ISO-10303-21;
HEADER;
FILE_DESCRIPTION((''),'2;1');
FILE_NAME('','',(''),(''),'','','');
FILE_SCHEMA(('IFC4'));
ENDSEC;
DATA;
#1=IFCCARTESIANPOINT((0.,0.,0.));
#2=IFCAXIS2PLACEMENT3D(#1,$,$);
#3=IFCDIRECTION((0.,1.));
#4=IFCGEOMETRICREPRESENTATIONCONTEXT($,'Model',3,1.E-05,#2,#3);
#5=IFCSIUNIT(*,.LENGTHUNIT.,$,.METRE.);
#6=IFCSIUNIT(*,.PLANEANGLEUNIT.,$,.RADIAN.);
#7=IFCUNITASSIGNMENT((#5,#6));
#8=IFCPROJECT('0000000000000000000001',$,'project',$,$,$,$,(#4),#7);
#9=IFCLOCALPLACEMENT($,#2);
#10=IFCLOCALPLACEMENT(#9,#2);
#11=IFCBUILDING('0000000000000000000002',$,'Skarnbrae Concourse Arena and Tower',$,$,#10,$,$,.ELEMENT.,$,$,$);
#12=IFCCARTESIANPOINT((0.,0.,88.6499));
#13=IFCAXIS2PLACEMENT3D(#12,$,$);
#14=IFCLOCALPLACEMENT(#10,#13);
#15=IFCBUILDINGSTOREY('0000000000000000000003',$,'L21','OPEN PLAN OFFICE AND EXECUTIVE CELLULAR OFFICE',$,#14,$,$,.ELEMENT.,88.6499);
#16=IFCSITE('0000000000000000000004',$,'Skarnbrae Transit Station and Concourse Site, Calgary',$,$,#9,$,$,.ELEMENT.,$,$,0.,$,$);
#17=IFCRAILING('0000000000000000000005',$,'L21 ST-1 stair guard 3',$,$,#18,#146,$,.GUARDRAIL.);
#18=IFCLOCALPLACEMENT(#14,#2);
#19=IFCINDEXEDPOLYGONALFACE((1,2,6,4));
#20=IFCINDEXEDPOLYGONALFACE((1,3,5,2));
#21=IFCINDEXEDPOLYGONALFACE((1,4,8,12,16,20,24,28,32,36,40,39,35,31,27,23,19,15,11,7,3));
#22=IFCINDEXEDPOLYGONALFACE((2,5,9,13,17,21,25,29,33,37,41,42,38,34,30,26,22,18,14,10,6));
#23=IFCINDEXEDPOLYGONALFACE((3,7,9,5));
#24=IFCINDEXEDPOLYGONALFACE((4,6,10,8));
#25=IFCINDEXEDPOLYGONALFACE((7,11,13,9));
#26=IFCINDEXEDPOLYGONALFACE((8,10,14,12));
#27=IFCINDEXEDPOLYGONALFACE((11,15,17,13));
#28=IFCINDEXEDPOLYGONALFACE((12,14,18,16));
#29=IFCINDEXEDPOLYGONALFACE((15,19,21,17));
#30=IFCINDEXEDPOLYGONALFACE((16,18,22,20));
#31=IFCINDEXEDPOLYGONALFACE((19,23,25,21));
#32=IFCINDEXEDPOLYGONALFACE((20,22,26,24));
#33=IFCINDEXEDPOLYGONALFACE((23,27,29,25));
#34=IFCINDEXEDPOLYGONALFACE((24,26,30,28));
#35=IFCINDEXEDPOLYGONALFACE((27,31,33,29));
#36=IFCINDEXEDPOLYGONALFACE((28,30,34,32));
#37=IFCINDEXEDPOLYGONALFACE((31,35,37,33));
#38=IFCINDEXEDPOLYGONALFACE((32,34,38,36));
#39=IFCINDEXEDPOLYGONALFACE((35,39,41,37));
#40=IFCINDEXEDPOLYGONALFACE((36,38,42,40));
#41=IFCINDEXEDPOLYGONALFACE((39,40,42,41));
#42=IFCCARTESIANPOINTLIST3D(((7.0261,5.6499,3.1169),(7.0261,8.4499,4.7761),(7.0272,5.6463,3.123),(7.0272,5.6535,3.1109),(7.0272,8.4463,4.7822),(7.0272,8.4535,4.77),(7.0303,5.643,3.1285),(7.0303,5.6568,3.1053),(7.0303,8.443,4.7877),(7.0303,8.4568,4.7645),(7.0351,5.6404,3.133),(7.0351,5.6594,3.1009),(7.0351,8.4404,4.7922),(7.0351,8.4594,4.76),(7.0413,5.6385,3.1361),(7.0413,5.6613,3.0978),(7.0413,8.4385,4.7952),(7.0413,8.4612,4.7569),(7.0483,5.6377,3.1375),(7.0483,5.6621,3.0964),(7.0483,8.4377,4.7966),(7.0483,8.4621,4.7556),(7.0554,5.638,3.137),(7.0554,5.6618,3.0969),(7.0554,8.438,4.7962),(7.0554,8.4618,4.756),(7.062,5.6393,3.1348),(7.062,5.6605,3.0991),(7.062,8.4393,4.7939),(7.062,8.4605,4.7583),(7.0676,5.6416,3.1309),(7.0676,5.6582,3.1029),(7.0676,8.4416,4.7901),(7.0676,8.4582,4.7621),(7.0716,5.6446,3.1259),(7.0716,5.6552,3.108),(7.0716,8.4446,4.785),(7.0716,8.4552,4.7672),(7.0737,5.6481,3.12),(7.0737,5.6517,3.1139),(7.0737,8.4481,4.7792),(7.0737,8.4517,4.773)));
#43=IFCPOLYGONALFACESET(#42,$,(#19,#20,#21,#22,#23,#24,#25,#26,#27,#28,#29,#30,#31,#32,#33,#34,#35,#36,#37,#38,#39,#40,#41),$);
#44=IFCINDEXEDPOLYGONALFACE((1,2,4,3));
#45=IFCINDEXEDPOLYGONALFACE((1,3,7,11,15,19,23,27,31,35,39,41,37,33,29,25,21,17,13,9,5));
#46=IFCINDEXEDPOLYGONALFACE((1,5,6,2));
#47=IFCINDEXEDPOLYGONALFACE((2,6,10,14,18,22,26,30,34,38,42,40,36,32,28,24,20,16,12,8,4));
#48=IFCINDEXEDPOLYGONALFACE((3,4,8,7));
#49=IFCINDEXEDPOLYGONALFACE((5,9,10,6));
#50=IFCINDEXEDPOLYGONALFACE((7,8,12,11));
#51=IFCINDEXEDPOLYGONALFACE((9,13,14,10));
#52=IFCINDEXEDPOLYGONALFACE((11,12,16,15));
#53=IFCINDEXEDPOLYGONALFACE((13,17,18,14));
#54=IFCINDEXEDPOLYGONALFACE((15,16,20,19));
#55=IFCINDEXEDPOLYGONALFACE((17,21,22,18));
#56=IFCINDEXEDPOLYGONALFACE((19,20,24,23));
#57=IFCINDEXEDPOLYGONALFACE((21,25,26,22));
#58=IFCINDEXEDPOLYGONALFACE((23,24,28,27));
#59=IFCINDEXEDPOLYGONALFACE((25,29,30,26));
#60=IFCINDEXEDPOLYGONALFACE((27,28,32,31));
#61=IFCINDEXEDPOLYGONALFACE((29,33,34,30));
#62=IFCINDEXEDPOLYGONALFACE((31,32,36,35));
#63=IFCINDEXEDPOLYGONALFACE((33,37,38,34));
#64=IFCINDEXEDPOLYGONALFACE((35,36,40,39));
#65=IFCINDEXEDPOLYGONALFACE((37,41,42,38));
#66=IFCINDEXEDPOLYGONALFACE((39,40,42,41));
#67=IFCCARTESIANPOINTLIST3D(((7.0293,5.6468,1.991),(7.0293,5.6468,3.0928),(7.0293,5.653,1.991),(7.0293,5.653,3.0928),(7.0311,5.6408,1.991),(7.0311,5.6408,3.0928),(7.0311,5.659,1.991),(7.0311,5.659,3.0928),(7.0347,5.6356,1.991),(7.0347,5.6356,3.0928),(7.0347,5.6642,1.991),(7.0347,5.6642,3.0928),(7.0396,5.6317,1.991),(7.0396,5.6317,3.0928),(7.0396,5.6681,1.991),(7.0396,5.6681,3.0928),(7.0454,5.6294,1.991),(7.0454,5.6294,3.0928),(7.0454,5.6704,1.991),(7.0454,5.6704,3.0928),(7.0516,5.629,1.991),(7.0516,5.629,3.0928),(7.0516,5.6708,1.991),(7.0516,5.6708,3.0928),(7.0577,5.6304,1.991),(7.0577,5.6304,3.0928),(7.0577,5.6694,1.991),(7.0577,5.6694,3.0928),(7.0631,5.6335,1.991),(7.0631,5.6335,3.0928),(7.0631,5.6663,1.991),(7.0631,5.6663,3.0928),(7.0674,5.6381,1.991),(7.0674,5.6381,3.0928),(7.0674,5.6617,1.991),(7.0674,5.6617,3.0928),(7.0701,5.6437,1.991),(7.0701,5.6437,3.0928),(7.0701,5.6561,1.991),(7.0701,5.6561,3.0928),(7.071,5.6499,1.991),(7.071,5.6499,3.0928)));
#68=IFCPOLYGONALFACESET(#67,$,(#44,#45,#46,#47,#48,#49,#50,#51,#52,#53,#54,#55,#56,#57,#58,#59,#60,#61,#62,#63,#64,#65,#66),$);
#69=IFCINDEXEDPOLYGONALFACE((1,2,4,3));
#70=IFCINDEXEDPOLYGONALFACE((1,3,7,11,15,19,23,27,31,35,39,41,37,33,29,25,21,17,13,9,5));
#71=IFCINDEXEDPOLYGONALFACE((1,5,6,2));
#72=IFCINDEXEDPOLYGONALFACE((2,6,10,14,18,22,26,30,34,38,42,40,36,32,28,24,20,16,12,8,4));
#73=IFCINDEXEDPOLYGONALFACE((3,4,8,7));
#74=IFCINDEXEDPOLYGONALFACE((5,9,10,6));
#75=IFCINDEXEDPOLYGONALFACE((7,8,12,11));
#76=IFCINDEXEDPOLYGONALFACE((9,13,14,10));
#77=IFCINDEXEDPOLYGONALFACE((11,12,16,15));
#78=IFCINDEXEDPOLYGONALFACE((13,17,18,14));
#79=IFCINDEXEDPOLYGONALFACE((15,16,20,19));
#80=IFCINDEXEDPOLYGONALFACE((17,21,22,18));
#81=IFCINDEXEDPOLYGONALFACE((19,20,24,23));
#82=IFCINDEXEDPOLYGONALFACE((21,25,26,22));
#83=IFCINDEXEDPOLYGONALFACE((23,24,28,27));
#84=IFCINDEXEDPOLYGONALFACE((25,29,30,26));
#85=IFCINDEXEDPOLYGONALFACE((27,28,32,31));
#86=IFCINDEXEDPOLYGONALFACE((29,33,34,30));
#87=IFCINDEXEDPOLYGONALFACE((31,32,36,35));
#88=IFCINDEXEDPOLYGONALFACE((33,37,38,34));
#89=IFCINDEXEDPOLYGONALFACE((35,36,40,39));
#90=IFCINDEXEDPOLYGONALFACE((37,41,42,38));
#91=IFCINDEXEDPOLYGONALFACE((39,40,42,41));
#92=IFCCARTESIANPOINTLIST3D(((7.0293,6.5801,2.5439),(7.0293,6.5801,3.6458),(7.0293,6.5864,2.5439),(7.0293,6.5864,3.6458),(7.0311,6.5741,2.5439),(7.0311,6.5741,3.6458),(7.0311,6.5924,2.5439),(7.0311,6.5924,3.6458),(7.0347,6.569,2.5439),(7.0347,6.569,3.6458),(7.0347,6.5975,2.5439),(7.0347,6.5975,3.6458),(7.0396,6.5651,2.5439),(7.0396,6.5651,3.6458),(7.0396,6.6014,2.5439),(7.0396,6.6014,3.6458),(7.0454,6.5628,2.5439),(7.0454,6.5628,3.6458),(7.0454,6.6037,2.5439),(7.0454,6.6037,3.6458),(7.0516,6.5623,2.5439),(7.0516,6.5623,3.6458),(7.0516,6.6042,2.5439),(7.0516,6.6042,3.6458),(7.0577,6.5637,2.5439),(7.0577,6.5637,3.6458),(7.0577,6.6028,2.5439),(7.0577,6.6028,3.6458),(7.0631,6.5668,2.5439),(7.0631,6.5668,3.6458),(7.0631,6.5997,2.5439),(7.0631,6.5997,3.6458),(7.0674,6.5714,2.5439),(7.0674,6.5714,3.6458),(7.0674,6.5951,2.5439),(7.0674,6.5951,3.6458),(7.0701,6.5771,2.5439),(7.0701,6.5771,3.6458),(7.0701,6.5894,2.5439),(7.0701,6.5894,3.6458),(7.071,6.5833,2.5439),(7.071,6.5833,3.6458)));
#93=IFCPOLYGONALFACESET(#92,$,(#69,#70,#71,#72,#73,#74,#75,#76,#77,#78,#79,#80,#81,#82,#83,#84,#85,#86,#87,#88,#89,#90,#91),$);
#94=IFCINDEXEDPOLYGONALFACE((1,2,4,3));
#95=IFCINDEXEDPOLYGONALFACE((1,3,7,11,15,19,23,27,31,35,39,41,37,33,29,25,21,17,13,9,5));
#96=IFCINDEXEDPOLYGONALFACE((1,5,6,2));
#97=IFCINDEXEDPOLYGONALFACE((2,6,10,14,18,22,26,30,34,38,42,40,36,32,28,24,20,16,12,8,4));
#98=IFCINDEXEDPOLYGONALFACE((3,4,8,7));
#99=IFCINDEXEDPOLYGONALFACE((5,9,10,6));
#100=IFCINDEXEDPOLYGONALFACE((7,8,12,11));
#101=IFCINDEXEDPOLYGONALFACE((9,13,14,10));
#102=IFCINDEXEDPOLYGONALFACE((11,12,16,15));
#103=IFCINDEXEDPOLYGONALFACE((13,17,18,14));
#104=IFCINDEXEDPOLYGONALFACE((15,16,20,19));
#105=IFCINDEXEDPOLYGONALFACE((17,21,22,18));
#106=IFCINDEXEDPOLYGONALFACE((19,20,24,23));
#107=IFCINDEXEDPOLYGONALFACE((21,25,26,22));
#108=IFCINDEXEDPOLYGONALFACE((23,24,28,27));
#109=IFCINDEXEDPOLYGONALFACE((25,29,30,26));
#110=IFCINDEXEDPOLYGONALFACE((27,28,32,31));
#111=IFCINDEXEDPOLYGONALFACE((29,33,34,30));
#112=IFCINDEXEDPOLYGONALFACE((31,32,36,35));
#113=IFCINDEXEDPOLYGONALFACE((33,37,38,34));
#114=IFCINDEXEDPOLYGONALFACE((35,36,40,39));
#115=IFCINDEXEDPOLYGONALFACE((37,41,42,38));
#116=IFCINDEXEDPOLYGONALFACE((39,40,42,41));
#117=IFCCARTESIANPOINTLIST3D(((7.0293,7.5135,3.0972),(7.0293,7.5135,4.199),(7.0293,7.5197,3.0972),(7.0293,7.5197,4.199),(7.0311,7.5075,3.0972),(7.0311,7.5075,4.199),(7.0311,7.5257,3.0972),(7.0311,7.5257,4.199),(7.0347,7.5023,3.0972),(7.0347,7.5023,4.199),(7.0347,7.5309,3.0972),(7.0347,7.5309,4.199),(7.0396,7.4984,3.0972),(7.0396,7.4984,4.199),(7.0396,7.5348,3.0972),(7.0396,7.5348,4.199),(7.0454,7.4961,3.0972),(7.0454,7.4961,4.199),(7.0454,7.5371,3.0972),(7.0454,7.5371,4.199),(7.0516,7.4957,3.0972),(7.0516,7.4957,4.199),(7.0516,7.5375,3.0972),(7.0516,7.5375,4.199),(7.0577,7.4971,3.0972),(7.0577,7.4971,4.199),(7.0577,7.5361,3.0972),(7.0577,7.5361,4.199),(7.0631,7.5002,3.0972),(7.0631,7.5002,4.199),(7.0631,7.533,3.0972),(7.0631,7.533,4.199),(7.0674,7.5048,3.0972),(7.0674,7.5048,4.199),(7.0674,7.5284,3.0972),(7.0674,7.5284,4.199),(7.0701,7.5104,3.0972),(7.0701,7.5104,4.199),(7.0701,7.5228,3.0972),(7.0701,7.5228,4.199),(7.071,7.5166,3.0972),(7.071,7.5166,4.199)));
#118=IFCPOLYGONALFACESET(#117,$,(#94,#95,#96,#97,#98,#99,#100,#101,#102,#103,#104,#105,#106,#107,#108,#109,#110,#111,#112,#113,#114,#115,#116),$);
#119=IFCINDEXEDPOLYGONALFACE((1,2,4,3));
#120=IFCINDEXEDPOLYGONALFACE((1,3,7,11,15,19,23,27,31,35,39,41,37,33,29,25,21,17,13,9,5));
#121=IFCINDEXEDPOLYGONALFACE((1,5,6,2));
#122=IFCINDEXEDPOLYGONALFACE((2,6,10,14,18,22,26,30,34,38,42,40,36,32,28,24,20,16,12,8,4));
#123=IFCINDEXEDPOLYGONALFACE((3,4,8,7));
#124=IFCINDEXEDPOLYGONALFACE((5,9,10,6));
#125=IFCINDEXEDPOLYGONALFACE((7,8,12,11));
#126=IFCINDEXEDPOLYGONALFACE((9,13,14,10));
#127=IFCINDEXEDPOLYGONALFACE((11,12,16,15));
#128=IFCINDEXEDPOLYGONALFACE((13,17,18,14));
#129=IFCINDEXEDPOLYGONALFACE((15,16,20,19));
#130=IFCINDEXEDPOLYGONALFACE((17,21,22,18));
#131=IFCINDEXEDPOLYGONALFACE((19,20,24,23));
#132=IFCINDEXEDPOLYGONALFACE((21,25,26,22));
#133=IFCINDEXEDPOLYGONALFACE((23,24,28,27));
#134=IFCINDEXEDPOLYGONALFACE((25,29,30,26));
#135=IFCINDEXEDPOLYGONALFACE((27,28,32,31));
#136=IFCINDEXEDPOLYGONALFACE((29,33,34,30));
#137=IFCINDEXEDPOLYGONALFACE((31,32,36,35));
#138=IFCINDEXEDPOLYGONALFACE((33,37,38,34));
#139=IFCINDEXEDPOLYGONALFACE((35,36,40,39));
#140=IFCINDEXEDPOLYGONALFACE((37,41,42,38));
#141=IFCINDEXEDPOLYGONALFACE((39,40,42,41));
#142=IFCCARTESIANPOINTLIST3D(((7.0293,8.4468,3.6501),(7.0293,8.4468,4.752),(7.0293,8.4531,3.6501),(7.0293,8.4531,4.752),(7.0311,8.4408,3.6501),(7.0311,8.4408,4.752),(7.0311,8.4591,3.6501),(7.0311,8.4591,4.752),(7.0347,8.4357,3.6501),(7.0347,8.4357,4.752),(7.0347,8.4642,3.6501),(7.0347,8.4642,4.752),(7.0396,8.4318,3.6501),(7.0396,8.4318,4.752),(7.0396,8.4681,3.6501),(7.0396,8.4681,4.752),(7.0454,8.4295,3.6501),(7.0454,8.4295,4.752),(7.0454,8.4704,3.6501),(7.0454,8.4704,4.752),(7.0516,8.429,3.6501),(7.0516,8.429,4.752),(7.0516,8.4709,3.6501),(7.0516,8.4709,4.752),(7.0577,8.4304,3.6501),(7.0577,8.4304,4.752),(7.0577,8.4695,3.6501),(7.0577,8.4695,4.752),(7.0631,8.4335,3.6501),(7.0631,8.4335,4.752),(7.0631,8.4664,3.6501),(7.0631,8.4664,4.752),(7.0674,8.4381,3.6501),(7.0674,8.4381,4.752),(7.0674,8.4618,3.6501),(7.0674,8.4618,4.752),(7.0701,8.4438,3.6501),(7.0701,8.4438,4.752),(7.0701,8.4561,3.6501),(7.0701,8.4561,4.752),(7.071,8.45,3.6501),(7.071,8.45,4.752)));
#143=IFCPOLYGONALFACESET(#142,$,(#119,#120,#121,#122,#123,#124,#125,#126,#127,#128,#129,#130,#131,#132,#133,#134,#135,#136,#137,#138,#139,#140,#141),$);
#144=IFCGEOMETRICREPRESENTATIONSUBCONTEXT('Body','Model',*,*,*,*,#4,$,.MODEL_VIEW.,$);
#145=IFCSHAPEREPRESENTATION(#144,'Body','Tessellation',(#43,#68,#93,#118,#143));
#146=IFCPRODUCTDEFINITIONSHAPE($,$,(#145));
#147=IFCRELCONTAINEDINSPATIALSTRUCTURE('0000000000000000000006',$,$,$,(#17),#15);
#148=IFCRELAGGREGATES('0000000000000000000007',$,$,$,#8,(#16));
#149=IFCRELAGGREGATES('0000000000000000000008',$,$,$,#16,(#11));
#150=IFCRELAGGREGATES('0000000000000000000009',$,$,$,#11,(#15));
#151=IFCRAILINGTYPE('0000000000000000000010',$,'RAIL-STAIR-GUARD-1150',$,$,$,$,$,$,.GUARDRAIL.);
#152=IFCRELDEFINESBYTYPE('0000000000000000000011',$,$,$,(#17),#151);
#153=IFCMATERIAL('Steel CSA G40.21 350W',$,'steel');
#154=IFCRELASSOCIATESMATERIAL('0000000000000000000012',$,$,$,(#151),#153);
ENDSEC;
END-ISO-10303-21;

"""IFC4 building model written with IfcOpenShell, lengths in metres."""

from ifc_helpers import new_model, si_unit, direction, frame, origin, origin_2d, place, context, subcontext, project, spatial, circle, extrude, material, type_object, element, save


model = new_model("IFC4")

# Units and contexts
model_context = context("Model", 3, precision=1e-05, world=origin(), true_north=direction((0.0, 1.0)))
body_context = subcontext(model_context, "Body", "Model", "MODEL_VIEW")
ifc_project = project(units=[si_unit("LENGTHUNIT", "METRE"), si_unit("PLANEANGLEUNIT", "RADIAN")], contexts=[model_context])

# Site, building, storey
site_placement = place(None, origin())
site = spatial("IfcSite", under=ifc_project, at=site_placement, Name="Skarnbrae Transit Station and Concourse Site, Calgary", CompositionType="ELEMENT", RefElevation=0.0)
building_placement = place(site_placement, origin())
building = spatial("IfcBuilding", under=site, at=building_placement, Name="Skarnbrae Concourse Arena and Tower", CompositionType="ELEMENT")
storey_placement = place(building_placement, frame((0.0, 0.0, 88.6499)))
storey = spatial("IfcBuildingStorey", under=building, at=storey_placement, Name="L21", Description="OPEN PLAN OFFICE AND EXECUTIVE CELLULAR OFFICE", CompositionType="ELEMENT", Elevation=88.6499)

# Shared definitions
ifc_material_1 = material(Name="Steel CSA G40.21 350W", Category="steel")

# Railing
railing_type_1 = type_object("IfcRailingType", Name="RAIL-STAIR-GUARD-1150", PredefinedType="GUARDRAIL", material=ifc_material_1)
railing_1_placement = place(storey_placement, frame((7.05, 5.6499, 1.991)))
element("IfcRailing", 1, at=railing_1_placement, inside=storey, type_object=railing_type_1, Name="L21 ST-1 stair guard 3", PredefinedType="GUARDRAIL", context=body_context, shape_type="SweptSolid", body=[
    extrude(circle(Radius=0.0239, at=origin_2d()), frame((0.0, 0.0, 1.126), z_axis=(0.0, 0.860306, 0.509778), x_axis=(-1.0, 0.0, 0.0)), (0.0, 0.0, 1.0), 3.2546),
    extrude(circle(Radius=0.021, at=origin_2d()), origin(), (0.0, 0.0, 1.0), 1.1018),
    extrude(circle(Radius=0.021, at=origin_2d()), frame((0.0, 0.9333, 0.553)), (0.0, 0.0, 1.0), 1.1018),
    extrude(circle(Radius=0.021, at=origin_2d()), frame((0.0, 1.8667, 1.1062)), (0.0, 0.0, 1.0), 1.1018),
    extrude(circle(Radius=0.021, at=origin_2d()), frame((0.0, 2.8, 1.6592)), (0.0, 0.0, 1.0), 1.1018),
])

save(model, "model.ifc")
